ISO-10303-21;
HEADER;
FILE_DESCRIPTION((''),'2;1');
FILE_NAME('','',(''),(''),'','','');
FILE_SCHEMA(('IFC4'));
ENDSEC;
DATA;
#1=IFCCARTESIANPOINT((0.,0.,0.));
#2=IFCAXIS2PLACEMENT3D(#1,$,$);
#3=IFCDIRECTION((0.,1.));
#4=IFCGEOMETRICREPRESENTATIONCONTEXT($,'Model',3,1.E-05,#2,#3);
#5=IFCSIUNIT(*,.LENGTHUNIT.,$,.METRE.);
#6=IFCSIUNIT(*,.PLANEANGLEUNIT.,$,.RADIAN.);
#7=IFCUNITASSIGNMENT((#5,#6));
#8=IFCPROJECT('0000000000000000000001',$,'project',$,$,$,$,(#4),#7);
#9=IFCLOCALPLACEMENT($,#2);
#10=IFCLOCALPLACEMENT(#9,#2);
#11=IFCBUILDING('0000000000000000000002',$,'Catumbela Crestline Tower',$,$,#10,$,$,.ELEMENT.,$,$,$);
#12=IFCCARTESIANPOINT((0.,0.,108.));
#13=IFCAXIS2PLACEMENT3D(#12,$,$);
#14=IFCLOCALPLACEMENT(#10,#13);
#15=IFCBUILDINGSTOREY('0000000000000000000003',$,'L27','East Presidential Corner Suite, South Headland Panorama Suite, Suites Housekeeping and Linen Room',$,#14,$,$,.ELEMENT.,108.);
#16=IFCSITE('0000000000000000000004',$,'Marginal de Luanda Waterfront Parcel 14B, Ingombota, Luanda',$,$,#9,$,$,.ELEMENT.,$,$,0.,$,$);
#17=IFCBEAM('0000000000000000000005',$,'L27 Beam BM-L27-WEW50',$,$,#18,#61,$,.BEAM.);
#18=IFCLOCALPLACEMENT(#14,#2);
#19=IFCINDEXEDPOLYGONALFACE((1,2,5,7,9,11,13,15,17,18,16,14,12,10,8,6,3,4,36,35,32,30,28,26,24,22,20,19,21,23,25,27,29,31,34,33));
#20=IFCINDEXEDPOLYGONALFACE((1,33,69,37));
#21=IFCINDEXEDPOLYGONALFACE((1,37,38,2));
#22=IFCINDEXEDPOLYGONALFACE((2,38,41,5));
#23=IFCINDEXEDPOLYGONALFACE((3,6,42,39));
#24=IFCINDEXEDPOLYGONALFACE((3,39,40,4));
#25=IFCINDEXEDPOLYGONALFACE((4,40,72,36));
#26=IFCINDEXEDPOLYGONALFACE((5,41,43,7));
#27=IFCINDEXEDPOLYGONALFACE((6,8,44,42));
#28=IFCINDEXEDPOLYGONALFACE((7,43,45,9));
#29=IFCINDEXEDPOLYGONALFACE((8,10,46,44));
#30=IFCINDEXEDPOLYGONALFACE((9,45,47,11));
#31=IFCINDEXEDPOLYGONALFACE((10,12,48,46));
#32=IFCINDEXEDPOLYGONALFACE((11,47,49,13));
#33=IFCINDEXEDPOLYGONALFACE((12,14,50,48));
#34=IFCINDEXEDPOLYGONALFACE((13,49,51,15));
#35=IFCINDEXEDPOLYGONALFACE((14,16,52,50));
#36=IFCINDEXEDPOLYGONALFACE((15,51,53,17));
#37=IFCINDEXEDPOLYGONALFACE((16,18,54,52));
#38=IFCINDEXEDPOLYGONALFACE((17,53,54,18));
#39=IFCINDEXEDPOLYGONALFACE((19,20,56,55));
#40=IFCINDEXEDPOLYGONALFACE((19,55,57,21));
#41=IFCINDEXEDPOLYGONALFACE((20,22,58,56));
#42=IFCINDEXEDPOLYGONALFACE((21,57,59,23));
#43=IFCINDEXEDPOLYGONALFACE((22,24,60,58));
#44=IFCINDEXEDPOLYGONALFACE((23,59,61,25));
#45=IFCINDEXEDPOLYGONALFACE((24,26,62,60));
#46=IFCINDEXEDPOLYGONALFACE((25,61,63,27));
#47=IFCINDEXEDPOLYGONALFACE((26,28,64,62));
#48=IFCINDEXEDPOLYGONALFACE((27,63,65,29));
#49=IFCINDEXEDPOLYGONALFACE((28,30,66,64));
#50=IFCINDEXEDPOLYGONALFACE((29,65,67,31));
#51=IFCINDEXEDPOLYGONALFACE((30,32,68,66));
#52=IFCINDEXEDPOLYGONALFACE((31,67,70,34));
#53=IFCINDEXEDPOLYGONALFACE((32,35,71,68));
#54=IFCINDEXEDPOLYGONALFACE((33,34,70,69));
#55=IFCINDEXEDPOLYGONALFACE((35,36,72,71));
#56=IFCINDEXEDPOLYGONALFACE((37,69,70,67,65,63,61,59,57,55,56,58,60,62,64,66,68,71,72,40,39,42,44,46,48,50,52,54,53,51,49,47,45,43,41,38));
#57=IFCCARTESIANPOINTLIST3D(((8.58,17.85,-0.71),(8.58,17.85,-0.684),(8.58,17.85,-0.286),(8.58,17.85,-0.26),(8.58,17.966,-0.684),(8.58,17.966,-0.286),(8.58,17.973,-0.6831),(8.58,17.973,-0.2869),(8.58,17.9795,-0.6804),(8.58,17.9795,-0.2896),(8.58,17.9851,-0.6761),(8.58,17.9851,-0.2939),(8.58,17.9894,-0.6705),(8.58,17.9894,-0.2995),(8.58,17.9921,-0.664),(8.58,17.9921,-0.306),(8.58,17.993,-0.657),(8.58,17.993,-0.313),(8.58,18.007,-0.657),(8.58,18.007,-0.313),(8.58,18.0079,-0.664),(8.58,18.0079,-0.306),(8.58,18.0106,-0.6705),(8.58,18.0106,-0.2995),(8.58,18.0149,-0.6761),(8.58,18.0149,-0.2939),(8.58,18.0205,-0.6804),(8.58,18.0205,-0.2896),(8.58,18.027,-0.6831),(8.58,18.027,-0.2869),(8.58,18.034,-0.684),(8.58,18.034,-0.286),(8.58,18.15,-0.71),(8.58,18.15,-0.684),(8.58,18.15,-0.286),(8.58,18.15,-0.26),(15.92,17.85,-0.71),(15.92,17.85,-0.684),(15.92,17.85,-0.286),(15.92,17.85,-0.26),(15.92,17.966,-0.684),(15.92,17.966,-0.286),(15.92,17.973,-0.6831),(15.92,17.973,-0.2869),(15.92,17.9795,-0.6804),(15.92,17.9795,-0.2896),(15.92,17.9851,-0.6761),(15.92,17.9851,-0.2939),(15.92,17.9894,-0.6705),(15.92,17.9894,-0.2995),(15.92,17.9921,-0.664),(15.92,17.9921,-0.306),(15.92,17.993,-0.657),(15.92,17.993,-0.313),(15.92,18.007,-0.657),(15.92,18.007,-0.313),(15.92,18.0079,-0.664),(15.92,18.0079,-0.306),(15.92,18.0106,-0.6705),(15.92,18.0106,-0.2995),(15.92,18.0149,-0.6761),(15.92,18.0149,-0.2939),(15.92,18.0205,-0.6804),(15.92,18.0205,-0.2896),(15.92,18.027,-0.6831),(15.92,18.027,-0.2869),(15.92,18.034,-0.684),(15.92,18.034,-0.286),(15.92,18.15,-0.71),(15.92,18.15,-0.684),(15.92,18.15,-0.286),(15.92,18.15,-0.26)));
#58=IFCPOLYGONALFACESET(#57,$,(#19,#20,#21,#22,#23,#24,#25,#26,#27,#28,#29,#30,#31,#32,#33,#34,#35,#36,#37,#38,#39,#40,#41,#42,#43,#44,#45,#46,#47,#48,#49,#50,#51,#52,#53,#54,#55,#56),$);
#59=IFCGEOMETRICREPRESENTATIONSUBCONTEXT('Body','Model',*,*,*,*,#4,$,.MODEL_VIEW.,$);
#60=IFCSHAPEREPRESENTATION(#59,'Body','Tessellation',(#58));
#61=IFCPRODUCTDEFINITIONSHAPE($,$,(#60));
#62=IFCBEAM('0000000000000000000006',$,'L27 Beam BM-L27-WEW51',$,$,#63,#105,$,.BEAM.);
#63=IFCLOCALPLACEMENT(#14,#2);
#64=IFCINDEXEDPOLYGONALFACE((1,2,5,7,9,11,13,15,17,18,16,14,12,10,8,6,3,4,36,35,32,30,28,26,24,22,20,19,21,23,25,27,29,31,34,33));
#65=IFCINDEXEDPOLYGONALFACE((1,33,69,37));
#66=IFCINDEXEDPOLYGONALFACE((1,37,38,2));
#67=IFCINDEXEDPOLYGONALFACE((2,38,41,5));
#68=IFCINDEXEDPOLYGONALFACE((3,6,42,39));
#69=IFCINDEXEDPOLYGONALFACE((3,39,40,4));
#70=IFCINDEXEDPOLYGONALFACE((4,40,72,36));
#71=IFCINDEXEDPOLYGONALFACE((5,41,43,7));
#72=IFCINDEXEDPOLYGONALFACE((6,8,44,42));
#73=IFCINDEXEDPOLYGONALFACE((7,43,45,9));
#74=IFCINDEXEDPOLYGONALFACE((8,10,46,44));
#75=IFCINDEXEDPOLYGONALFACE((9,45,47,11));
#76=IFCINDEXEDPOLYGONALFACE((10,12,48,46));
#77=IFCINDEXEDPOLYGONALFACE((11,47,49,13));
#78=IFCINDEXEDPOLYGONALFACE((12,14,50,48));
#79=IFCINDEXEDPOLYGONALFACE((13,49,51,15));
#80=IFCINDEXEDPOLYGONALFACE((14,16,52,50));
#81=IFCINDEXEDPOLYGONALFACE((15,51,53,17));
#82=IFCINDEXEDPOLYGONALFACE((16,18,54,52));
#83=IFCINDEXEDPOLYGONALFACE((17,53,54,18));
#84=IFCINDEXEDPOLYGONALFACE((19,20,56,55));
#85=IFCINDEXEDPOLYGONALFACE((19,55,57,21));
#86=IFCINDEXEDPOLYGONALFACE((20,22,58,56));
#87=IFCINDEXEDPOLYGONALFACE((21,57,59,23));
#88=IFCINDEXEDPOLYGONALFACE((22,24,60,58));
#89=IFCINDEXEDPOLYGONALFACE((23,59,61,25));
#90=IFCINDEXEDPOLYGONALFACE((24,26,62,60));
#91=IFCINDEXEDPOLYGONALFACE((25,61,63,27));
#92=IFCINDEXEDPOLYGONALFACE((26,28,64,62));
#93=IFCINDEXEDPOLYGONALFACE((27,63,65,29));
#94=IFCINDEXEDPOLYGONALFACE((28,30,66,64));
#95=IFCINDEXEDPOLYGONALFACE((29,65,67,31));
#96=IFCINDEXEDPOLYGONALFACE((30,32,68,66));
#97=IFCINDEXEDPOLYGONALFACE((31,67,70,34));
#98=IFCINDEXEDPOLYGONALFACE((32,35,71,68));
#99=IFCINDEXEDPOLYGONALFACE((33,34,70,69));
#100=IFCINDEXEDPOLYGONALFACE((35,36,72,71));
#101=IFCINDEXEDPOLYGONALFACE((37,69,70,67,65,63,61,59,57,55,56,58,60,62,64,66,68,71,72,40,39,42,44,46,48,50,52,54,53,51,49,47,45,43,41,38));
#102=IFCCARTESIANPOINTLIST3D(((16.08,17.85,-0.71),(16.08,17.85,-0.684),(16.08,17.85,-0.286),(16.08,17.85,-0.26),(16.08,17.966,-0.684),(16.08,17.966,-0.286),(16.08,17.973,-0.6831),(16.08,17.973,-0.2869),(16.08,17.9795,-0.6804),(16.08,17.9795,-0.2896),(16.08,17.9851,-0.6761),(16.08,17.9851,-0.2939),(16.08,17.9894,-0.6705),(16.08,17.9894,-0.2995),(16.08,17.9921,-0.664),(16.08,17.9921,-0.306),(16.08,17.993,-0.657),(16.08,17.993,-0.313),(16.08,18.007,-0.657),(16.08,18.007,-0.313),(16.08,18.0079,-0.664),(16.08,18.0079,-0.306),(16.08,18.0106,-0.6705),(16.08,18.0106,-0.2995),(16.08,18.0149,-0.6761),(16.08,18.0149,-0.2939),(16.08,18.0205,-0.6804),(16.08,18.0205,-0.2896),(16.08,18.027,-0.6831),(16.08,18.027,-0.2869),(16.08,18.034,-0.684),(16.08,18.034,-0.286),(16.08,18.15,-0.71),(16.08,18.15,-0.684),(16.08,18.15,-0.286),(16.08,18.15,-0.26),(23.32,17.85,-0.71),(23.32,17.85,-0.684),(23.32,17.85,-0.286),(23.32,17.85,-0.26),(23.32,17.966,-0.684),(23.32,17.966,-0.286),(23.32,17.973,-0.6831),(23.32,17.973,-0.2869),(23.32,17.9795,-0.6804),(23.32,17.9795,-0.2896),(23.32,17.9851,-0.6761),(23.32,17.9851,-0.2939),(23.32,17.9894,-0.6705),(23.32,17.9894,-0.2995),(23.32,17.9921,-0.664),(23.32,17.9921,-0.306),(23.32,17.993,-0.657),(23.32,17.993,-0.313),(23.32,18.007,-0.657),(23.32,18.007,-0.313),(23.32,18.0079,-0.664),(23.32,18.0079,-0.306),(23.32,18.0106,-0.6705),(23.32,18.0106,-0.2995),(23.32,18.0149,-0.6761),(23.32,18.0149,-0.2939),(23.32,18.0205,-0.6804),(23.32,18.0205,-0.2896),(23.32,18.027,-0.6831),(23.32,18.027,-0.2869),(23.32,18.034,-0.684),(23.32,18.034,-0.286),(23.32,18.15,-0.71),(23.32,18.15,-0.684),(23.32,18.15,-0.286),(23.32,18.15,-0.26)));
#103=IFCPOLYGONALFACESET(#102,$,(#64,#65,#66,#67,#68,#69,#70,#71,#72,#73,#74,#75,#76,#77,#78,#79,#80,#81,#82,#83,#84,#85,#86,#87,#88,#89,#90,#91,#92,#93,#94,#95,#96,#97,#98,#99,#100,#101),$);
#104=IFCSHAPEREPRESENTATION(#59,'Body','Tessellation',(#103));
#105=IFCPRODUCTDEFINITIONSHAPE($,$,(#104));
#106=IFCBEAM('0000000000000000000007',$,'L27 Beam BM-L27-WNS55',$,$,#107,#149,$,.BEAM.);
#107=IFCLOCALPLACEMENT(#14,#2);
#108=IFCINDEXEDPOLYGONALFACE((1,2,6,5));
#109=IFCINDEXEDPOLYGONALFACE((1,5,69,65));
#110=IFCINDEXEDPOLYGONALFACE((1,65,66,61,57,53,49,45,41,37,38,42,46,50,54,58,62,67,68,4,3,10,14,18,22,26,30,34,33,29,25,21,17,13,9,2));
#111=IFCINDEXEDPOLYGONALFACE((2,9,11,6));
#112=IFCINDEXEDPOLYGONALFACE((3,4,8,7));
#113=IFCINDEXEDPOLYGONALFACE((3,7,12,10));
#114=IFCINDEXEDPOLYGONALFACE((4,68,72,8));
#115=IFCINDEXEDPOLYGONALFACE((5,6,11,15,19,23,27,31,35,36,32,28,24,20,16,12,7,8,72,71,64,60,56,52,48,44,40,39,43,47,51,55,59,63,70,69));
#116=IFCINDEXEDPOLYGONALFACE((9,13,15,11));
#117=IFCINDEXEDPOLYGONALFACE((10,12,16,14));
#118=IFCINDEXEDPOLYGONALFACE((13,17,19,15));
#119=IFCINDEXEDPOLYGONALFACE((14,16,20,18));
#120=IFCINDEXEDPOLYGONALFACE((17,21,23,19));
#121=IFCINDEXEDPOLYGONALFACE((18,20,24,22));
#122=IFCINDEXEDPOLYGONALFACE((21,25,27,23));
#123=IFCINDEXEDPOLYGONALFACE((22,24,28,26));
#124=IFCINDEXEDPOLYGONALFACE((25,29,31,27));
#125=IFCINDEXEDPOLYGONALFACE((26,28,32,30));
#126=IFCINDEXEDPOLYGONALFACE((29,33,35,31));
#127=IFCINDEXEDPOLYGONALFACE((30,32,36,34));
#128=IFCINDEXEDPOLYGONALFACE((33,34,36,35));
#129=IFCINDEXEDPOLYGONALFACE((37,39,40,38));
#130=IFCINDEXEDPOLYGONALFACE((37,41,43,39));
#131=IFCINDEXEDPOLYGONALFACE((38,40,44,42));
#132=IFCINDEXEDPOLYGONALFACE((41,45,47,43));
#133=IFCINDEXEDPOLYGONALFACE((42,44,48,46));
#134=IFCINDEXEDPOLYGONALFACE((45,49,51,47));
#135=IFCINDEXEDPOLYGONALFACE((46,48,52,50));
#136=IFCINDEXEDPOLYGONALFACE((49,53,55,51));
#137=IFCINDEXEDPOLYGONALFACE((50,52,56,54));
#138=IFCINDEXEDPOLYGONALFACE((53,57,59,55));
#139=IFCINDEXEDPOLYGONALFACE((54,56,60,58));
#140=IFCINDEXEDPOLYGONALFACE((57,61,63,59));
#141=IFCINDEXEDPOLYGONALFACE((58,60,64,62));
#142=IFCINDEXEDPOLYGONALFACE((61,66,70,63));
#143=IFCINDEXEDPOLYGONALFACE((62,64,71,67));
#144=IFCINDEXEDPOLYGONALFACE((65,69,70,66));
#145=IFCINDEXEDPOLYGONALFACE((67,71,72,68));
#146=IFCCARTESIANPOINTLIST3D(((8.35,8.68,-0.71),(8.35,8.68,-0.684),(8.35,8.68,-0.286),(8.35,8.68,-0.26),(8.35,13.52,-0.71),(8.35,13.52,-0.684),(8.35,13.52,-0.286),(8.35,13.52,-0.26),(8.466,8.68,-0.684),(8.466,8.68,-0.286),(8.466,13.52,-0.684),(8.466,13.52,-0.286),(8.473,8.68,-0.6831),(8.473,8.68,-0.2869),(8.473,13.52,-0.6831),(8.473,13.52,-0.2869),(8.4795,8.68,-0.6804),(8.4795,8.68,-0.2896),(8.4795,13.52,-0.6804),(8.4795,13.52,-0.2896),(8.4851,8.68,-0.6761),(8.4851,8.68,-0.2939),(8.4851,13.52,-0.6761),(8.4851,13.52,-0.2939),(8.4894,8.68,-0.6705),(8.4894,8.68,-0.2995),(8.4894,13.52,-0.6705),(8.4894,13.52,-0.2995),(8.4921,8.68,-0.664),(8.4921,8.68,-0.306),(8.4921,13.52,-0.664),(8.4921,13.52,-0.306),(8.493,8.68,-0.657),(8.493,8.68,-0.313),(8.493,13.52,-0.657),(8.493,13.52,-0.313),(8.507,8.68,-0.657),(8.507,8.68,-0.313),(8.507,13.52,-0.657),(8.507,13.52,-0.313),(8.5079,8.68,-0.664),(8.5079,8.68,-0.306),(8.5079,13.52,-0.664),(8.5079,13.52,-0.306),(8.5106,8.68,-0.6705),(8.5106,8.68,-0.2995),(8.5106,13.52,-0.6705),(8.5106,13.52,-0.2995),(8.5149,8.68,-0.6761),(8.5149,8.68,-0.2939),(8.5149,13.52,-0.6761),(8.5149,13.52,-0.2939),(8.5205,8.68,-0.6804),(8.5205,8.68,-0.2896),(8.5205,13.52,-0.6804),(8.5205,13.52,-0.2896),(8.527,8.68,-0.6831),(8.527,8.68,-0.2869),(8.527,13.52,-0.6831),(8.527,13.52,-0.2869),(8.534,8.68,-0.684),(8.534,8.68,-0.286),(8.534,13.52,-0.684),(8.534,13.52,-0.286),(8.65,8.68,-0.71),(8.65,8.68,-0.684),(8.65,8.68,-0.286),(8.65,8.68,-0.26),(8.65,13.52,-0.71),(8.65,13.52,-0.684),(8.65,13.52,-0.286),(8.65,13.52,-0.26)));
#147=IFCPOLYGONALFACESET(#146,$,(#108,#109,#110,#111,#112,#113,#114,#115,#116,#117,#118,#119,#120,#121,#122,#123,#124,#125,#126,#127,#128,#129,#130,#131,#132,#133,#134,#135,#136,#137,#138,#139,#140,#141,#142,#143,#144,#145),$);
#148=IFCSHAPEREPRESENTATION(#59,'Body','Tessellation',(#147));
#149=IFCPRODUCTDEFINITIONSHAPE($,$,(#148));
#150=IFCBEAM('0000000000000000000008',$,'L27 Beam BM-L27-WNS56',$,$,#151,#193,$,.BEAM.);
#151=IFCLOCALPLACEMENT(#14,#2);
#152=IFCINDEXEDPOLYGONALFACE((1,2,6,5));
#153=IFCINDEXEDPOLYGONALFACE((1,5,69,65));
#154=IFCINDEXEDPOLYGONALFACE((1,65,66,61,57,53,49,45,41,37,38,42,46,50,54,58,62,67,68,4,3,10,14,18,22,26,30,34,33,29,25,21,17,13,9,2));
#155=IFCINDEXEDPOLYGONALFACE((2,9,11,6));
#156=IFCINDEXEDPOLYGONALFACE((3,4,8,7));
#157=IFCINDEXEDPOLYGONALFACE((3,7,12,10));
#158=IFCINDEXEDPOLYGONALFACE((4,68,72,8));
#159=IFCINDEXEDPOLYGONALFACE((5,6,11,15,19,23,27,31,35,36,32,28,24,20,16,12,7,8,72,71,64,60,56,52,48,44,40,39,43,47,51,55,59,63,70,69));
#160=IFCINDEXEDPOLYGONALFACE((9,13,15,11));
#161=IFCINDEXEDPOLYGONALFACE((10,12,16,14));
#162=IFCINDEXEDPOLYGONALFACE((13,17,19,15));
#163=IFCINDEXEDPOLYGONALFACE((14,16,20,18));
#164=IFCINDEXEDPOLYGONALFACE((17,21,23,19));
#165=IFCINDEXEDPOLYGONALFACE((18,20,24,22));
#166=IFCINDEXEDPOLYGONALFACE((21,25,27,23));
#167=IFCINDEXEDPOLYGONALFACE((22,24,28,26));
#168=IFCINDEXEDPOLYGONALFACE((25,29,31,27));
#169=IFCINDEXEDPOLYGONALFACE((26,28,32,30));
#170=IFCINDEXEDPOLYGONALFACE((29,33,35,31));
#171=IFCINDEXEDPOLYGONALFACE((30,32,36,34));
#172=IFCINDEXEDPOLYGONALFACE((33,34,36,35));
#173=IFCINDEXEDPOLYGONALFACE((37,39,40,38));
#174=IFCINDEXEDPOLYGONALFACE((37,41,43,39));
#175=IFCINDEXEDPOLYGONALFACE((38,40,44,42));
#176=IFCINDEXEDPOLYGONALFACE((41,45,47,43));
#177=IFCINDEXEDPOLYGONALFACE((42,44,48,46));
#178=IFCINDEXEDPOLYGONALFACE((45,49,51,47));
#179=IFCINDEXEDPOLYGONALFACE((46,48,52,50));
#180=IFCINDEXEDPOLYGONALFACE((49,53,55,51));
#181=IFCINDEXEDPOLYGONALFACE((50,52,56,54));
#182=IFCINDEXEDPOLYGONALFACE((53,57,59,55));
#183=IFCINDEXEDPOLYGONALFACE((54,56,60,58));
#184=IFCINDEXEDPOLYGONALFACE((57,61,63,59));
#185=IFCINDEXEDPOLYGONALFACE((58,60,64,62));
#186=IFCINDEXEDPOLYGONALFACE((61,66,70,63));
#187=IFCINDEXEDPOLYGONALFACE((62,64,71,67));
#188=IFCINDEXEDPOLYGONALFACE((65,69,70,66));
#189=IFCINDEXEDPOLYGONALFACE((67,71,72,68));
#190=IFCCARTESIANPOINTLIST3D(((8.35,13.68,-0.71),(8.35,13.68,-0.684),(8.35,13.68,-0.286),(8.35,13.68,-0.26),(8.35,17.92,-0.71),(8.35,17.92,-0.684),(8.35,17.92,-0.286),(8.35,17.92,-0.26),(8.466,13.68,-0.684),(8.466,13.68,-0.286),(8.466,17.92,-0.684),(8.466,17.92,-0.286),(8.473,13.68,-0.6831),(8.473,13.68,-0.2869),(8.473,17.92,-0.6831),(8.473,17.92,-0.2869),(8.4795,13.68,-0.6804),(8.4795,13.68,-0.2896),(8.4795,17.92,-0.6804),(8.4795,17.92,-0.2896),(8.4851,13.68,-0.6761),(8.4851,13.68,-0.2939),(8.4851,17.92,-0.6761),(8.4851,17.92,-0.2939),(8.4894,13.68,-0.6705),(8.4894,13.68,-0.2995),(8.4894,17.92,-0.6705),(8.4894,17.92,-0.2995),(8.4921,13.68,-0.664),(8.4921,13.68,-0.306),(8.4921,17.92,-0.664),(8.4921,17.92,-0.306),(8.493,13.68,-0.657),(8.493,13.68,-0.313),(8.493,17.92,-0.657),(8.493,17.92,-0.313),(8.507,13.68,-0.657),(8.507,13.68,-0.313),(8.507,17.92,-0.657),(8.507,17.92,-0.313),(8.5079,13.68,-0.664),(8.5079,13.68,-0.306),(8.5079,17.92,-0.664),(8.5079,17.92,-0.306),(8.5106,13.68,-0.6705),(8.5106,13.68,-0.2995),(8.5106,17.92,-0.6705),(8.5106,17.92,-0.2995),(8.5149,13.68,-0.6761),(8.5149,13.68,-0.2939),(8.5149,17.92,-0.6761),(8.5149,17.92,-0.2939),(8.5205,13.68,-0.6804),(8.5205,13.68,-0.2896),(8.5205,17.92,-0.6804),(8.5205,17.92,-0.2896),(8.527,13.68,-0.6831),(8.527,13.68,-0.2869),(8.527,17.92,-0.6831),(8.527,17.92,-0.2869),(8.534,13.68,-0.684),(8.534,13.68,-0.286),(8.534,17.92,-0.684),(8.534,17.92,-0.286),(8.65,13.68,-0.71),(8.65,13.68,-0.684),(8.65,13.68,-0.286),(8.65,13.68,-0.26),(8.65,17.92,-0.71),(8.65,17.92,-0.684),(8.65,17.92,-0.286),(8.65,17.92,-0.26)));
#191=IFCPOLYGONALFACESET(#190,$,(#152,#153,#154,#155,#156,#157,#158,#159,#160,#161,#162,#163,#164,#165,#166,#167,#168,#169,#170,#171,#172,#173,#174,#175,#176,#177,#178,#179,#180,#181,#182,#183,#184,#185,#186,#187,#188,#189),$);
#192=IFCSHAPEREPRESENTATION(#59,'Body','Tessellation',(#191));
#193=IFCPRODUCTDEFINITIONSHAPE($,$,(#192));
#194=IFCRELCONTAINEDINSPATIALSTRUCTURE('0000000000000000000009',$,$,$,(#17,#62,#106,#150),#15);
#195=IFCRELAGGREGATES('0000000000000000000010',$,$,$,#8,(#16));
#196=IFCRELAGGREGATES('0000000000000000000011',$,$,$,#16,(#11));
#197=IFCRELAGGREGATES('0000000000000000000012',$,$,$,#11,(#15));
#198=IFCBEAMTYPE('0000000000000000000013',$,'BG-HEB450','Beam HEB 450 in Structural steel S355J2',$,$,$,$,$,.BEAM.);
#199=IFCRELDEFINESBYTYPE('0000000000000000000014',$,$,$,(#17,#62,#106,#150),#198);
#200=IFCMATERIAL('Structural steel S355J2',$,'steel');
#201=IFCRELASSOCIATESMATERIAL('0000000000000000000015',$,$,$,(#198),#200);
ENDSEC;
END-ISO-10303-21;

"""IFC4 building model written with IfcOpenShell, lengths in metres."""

from ifc_helpers import new_model, si_unit, direction, frame, origin, origin_2d, place, context, subcontext, project, spatial, i_section, extrude, material, material_profile, profile_set, type_object, element, save


model = new_model("IFC4")

# Units and contexts
model_context = context("Model", 3, precision=1e-05, world=origin(), true_north=direction((0.0, 1.0)))
body_context = subcontext(model_context, "Body", "Model", "MODEL_VIEW")
ifc_project = project(units=[si_unit("LENGTHUNIT", "METRE"), si_unit("PLANEANGLEUNIT", "RADIAN")], contexts=[model_context])

# Site, building, storey
site_placement = place(None, origin())
site = spatial("IfcSite", under=ifc_project, at=site_placement, Name="Marginal de Luanda Waterfront Parcel 14B, Ingombota, Luanda", CompositionType="ELEMENT", RefElevation=0.0)
building_placement = place(site_placement, origin())
building = spatial("IfcBuilding", under=site, at=building_placement, Name="Catumbela Crestline Tower", CompositionType="ELEMENT")
storey_placement = place(building_placement, frame((0.0, 0.0, 108.0)))
storey = spatial("IfcBuildingStorey", under=building, at=storey_placement, Name="L27", Description="East Presidential Corner Suite, South Headland Panorama Suite, Suites Housekeeping and Linen Room", CompositionType="ELEMENT", Elevation=108.0)

# Beams
ifc_material_1 = material(Name="Structural steel S355J2", Category="steel")
ifc_material_profile_1 = material_profile(ifc_material_1, i_section(OverallWidth=0.3, OverallDepth=0.45, WebThickness=0.014, FlangeThickness=0.026, FilletRadius=0.027, at=origin_2d()), Name="HEB 450")
ifc_profile_set_1 = profile_set([ifc_material_profile_1], Name="Structural steel S355J2")
beam_type_1 = type_object("IfcBeamType", Name="BG-HEB450", Description="Beam HEB 450 in Structural steel S355J2", PredefinedType="BEAM", material=ifc_profile_set_1)
beam_1_placement = place(storey_placement, frame((8.58, 18.0, -0.485), z_axis=(1.0, 0.0, 0.0), x_axis=(0.0, 1.0, 0.0)))
element("IfcBeam", 1, at=beam_1_placement, inside=storey, type_object=beam_type_1, Name="L27 Beam BM-L27-WEW50", PredefinedType="BEAM", context=body_context, shape_type="SweptSolid", body=[
    extrude(i_section(OverallWidth=0.3, OverallDepth=0.45, WebThickness=0.014, FlangeThickness=0.026, FilletRadius=0.027, at=origin_2d()), origin(), (0.0, 0.0, 1.0), 7.34),
])
beam_2_placement = place(storey_placement, frame((16.08, 18.0, -0.485), z_axis=(1.0, 0.0, 0.0), x_axis=(0.0, 1.0, 0.0)))
element("IfcBeam", 2, at=beam_2_placement, inside=storey, type_object=beam_type_1, Name="L27 Beam BM-L27-WEW51", PredefinedType="BEAM", context=body_context, shape_type="SweptSolid", body=[
    extrude(i_section(OverallWidth=0.3, OverallDepth=0.45, WebThickness=0.014, FlangeThickness=0.026, FilletRadius=0.027, at=origin_2d()), origin(), (0.0, 0.0, 1.0), 7.24),
])
beam_3_placement = place(storey_placement, frame((8.5, 8.68, -0.485), z_axis=(0.0, 1.0, 0.0), x_axis=(-1.0, 0.0, 0.0)))
element("IfcBeam", 3, at=beam_3_placement, inside=storey, type_object=beam_type_1, Name="L27 Beam BM-L27-WNS55", PredefinedType="BEAM", context=body_context, shape_type="SweptSolid", body=[
    extrude(i_section(OverallWidth=0.3, OverallDepth=0.45, WebThickness=0.014, FlangeThickness=0.026, FilletRadius=0.027, at=origin_2d()), origin(), (0.0, 0.0, 1.0), 4.84),
])
beam_4_placement = place(storey_placement, frame((8.5, 13.68, -0.485), z_axis=(0.0, 1.0, 0.0), x_axis=(-1.0, 0.0, 0.0)))
element("IfcBeam", 4, at=beam_4_placement, inside=storey, type_object=beam_type_1, Name="L27 Beam BM-L27-WNS56", PredefinedType="BEAM", context=body_context, shape_type="SweptSolid", body=[
    extrude(i_section(OverallWidth=0.3, OverallDepth=0.45, WebThickness=0.014, FlangeThickness=0.026, FilletRadius=0.027, at=origin_2d()), origin(), (0.0, 0.0, 1.0), 4.24),
])

save(model, "model.ifc")
